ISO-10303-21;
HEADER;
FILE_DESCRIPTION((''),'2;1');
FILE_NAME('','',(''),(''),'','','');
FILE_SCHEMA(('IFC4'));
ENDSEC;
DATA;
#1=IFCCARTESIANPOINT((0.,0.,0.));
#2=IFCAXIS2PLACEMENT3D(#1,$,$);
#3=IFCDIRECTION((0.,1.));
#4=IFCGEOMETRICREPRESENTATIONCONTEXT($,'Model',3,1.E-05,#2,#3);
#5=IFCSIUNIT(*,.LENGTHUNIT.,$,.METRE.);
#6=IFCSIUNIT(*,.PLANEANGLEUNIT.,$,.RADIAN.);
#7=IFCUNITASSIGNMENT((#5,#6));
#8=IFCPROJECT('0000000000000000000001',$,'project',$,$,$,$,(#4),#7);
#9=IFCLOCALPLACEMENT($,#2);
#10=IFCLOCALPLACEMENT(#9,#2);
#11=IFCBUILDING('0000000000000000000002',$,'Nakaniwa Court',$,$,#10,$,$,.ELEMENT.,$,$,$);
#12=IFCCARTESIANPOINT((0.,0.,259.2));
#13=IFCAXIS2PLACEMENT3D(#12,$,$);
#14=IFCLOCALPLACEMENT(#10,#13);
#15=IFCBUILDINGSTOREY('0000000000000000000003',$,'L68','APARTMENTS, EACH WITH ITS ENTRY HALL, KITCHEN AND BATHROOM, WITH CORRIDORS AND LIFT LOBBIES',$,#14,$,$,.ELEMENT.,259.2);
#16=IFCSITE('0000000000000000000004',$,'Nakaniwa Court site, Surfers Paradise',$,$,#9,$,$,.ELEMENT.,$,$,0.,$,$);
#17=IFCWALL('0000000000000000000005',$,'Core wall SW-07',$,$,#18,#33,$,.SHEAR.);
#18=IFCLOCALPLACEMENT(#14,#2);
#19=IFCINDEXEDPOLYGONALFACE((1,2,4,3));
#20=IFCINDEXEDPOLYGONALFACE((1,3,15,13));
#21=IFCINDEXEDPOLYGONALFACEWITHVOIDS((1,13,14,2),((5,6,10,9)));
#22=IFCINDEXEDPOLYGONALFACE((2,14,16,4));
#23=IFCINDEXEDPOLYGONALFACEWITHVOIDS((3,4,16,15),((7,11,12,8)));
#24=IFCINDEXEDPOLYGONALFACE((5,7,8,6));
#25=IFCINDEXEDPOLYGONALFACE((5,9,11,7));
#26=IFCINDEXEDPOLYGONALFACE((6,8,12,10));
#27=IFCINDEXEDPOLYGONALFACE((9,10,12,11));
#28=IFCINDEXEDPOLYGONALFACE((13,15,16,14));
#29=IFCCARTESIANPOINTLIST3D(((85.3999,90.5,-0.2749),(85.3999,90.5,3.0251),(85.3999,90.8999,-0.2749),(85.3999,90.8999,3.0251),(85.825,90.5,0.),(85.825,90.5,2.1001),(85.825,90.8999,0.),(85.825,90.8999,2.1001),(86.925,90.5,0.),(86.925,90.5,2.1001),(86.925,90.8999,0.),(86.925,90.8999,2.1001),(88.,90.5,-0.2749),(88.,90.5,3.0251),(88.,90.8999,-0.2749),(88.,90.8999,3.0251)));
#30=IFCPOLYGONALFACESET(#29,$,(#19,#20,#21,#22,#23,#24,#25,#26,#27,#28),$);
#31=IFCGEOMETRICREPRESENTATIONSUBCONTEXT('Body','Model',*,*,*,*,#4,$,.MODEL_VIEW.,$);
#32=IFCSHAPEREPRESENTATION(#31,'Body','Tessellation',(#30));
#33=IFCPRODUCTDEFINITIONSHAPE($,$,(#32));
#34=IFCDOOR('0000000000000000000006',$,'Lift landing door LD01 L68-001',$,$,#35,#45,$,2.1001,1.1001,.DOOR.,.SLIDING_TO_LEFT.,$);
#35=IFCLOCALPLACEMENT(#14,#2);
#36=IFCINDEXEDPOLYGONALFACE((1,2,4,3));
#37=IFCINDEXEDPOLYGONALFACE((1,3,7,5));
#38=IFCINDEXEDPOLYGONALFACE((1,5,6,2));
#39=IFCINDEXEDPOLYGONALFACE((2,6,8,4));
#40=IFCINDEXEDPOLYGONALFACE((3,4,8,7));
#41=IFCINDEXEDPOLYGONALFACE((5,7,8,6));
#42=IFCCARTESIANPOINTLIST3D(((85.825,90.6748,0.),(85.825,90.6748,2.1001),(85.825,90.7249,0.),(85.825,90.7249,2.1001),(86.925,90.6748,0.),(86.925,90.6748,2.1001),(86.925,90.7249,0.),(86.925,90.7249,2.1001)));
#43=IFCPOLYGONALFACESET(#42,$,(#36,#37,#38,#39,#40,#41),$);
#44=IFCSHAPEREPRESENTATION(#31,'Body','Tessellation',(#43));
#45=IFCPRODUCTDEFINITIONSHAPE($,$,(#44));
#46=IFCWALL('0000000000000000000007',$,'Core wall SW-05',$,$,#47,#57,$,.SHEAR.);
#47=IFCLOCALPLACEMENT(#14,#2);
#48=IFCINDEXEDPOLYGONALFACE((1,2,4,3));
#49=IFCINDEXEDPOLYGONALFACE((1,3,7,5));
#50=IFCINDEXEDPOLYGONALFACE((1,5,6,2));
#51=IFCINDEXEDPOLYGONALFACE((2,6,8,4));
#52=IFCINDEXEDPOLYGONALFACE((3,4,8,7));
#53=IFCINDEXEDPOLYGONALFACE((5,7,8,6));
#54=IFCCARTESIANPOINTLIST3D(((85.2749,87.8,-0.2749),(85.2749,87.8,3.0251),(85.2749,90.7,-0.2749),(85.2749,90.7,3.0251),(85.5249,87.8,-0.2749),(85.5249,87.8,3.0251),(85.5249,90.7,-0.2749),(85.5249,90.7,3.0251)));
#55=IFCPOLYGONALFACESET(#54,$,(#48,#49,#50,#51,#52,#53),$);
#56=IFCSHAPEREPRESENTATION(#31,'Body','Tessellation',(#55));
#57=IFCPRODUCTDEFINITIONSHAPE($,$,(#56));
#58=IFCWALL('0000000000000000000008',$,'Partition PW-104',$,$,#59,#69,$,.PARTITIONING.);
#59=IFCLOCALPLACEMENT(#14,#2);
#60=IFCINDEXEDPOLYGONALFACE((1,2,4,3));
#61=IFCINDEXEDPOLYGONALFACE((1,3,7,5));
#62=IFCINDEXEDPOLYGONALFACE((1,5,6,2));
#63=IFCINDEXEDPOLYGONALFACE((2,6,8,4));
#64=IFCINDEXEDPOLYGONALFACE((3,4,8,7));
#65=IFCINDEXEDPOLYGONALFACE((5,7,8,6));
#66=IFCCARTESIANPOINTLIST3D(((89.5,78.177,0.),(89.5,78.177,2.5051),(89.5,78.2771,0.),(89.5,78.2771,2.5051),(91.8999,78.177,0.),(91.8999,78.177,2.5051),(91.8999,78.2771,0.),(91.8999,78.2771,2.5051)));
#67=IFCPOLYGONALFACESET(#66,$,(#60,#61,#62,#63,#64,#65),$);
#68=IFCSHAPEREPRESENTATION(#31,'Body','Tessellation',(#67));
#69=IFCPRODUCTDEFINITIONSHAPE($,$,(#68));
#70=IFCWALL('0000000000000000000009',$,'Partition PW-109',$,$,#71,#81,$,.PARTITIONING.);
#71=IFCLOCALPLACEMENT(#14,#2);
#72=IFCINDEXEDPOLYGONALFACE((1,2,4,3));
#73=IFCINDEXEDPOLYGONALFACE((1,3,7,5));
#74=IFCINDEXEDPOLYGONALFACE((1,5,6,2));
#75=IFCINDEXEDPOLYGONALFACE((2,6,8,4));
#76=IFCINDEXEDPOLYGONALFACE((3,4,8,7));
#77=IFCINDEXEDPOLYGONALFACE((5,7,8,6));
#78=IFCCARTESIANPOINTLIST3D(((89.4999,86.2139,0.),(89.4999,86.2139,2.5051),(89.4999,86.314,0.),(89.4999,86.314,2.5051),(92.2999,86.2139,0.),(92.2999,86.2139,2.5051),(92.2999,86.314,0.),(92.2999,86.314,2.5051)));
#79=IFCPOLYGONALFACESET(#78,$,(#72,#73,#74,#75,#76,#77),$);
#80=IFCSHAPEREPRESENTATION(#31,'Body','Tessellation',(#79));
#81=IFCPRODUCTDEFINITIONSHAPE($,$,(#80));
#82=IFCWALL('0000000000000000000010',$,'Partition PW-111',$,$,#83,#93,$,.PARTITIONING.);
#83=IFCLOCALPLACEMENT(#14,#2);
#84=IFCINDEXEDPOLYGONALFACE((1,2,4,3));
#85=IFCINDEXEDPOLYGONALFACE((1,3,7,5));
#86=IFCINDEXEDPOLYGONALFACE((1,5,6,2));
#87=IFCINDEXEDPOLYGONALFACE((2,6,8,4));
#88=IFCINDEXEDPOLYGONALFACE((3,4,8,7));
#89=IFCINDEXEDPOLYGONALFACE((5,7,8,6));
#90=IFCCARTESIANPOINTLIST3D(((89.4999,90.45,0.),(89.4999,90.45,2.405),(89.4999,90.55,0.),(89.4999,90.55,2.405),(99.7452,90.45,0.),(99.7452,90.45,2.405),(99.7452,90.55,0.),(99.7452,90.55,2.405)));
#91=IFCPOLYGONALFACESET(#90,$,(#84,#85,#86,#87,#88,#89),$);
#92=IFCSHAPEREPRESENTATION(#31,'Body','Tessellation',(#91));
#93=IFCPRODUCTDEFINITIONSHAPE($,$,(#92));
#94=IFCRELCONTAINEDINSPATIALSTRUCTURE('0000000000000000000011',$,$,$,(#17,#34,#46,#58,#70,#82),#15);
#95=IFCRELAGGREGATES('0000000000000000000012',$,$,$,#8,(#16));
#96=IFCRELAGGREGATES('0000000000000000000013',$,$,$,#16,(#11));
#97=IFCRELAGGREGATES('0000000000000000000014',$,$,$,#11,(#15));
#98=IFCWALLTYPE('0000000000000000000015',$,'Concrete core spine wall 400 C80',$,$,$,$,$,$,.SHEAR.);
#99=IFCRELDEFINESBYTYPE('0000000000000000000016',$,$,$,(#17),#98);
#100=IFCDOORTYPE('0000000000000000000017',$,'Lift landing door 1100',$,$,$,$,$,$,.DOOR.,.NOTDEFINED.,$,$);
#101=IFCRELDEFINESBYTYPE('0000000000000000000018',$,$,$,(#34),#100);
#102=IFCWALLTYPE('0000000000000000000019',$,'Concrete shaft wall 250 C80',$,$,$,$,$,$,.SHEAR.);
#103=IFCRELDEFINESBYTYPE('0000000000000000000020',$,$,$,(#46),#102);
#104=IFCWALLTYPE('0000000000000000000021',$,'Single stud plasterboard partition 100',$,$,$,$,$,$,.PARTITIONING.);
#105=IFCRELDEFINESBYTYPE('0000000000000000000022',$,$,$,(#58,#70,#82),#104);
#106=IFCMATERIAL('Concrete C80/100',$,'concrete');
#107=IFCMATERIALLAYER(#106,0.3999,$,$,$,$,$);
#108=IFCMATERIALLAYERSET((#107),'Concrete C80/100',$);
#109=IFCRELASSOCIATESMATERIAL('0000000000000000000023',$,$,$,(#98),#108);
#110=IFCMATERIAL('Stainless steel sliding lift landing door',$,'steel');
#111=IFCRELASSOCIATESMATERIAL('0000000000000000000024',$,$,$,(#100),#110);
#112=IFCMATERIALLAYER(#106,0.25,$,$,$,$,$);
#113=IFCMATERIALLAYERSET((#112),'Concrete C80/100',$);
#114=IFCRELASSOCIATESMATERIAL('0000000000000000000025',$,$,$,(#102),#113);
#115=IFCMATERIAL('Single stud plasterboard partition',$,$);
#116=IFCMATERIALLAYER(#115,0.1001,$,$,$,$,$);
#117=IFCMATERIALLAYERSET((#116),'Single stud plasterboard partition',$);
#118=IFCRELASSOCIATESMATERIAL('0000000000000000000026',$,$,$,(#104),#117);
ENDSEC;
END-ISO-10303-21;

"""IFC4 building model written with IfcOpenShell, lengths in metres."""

from ifc_helpers import new_model, si_unit, direction, frame, frame_2d, origin, place, context, subcontext, project, spatial, rectangle, extrude, material, layer, layer_set, type_object, element, fill, save


model = new_model("IFC4")

# Units and contexts
model_context = context("Model", 3, precision=1e-05, world=origin(), true_north=direction((0.0, 1.0)))
body_context = subcontext(model_context, "Body", "Model", "MODEL_VIEW")
ifc_project = project(units=[si_unit("LENGTHUNIT", "METRE"), si_unit("PLANEANGLEUNIT", "RADIAN")], contexts=[model_context])

# Site, building, storey
site_placement = place(None, origin())
site = spatial("IfcSite", under=ifc_project, at=site_placement, Name="Nakaniwa Court site, Surfers Paradise", CompositionType="ELEMENT", RefElevation=0.0)
building_placement = place(site_placement, origin())
building = spatial("IfcBuilding", under=site, at=building_placement, Name="Nakaniwa Court", CompositionType="ELEMENT")
storey_placement = place(building_placement, frame((0.0, 0.0, 259.2)))
storey = spatial("IfcBuildingStorey", under=building, at=storey_placement, Name="L68", Description="APARTMENTS, EACH WITH ITS ENTRY HALL, KITCHEN AND BATHROOM, WITH CORRIDORS AND LIFT LOBBIES", CompositionType="ELEMENT", Elevation=259.2)

# Shared definitions
ifc_material_1 = material(Name="Concrete C80/100", Category="concrete")

# Wall, opening, door
ifc_layer_1 = layer(ifc_material_1, 0.3999)
ifc_layer_set_1 = layer_set([ifc_layer_1], Name="Concrete C80/100")
wall_type_1 = type_object("IfcWallType", Name="Concrete core spine wall 400 C80", PredefinedType="SHEAR", material=ifc_layer_set_1)
wall_1_placement = place(storey_placement, frame((85.3999, 90.7, -0.2749), z_axis=(0.0, 0.0, 1.0), x_axis=(1.0, 0.0, 0.0)))
wall_1 = element("IfcWall", 1, at=wall_1_placement, inside=storey, type_object=wall_type_1, Name="Core wall SW-07", PredefinedType="SHEAR", context=body_context, shape_type="SweptSolid", body=[
    extrude(rectangle(XDim=2.6001, YDim=0.3999, at=frame_2d((1.3, 0.0))), origin(), (0.0, 0.0, 1.0), 3.3),
])
opening_1_placement = place(wall_1_placement, frame((0.425, 0.0, 0.2749)))
opening_1 = element("IfcOpeningElement", 2, at=opening_1_placement, cuts=wall_1, PredefinedType="OPENING", context=body_context, shape_type="SweptSolid", body=[
    extrude(rectangle(XDim=1.1001, YDim=2.1001, at=frame_2d((0.55, 1.05))), frame((0.0, 0.21, 0.0), z_axis=(0.0, -1.0, 0.0), x_axis=(1.0, 0.0, 0.0)), (0.0, 0.0, 1.0), 0.4199),
])
ifc_material_2 = material(Name="Stainless steel sliding lift landing door", Category="steel")
door_type_1 = type_object("IfcDoorType", Name="Lift landing door 1100", OperationType="NOTDEFINED", PredefinedType="DOOR", material=ifc_material_2)
door_1_placement = place(opening_1_placement, origin())
door_1 = element("IfcDoor", 3, at=door_1_placement, inside=storey, type_object=door_type_1, Name="Lift landing door LD01 L68-001", OperationType="SLIDING_TO_LEFT", OverallHeight=2.1001, OverallWidth=1.1001, PredefinedType="DOOR", context=body_context, shape_type="SweptSolid", body=[
    extrude(rectangle(XDim=1.1001, YDim=2.1001, at=frame_2d((0.55, 1.05))), frame((0.0, 0.0249, 0.0), z_axis=(0.0, -1.0, 0.0), x_axis=(1.0, 0.0, 0.0)), (0.0, 0.0, 1.0), 0.05),
])
fill(opening_1, door_1)

# Walls
ifc_layer_2 = layer(ifc_material_1, 0.25)
ifc_layer_set_2 = layer_set([ifc_layer_2], Name="Concrete C80/100")
wall_type_2 = type_object("IfcWallType", Name="Concrete shaft wall 250 C80", PredefinedType="SHEAR", material=ifc_layer_set_2)
wall_2_placement = place(storey_placement, frame((85.3999, 87.8, -0.2749), z_axis=(0.0, 0.0, 1.0), x_axis=(0.0, 1.0, 0.0)))
element("IfcWall", 4, at=wall_2_placement, inside=storey, type_object=wall_type_2, Name="Core wall SW-05", PredefinedType="SHEAR", context=body_context, shape_type="SweptSolid", body=[
    extrude(rectangle(XDim=2.8999, YDim=0.25, at=frame_2d((1.45, 0.0))), origin(), (0.0, 0.0, 1.0), 3.3),
])
ifc_material_3 = material(Name="Single stud plasterboard partition")
ifc_layer_3 = layer(ifc_material_3, 0.1001)
ifc_layer_set_3 = layer_set([ifc_layer_3], Name="Single stud plasterboard partition")
wall_type_3 = type_object("IfcWallType", Name="Single stud plasterboard partition 100", PredefinedType="PARTITIONING", material=ifc_layer_set_3)
wall_3_placement = place(storey_placement, frame((89.5, 78.2271, 0.0), z_axis=(0.0, 0.0, 1.0), x_axis=(1.0, 0.0, 0.0)))
element("IfcWall", 5, at=wall_3_placement, inside=storey, type_object=wall_type_3, Name="Partition PW-104", PredefinedType="PARTITIONING", context=body_context, shape_type="SweptSolid", body=[
    extrude(rectangle(XDim=2.3999, YDim=0.1001, at=frame_2d((1.2, 0.0))), origin(), (0.0, 0.0, 1.0), 2.5051),
])
wall_4_placement = place(storey_placement, frame((89.5, 86.2639, 0.0), z_axis=(0.0, 0.0, 1.0), x_axis=(1.0, 0.0, 0.0)))
element("IfcWall", 6, at=wall_4_placement, inside=storey, type_object=wall_type_3, Name="Partition PW-109", PredefinedType="PARTITIONING", context=body_context, shape_type="SweptSolid", body=[
    extrude(rectangle(XDim=2.8, YDim=0.1001, at=frame_2d((1.3999, 0.0))), origin(), (0.0, 0.0, 1.0), 2.5051),
])
wall_5_placement = place(storey_placement, frame((89.5, 90.5, 0.0), z_axis=(0.0, 0.0, 1.0), x_axis=(1.0, 0.0, 0.0)))
element("IfcWall", 7, at=wall_5_placement, inside=storey, type_object=wall_type_3, Name="Partition PW-111", PredefinedType="PARTITIONING", context=body_context, shape_type="SweptSolid", body=[
    extrude(rectangle(XDim=10.2454, YDim=0.1001, at=frame_2d((5.1226, 0.0))), origin(), (0.0, 0.0, 1.0), 2.405),
])

save(model, "model.ifc")
